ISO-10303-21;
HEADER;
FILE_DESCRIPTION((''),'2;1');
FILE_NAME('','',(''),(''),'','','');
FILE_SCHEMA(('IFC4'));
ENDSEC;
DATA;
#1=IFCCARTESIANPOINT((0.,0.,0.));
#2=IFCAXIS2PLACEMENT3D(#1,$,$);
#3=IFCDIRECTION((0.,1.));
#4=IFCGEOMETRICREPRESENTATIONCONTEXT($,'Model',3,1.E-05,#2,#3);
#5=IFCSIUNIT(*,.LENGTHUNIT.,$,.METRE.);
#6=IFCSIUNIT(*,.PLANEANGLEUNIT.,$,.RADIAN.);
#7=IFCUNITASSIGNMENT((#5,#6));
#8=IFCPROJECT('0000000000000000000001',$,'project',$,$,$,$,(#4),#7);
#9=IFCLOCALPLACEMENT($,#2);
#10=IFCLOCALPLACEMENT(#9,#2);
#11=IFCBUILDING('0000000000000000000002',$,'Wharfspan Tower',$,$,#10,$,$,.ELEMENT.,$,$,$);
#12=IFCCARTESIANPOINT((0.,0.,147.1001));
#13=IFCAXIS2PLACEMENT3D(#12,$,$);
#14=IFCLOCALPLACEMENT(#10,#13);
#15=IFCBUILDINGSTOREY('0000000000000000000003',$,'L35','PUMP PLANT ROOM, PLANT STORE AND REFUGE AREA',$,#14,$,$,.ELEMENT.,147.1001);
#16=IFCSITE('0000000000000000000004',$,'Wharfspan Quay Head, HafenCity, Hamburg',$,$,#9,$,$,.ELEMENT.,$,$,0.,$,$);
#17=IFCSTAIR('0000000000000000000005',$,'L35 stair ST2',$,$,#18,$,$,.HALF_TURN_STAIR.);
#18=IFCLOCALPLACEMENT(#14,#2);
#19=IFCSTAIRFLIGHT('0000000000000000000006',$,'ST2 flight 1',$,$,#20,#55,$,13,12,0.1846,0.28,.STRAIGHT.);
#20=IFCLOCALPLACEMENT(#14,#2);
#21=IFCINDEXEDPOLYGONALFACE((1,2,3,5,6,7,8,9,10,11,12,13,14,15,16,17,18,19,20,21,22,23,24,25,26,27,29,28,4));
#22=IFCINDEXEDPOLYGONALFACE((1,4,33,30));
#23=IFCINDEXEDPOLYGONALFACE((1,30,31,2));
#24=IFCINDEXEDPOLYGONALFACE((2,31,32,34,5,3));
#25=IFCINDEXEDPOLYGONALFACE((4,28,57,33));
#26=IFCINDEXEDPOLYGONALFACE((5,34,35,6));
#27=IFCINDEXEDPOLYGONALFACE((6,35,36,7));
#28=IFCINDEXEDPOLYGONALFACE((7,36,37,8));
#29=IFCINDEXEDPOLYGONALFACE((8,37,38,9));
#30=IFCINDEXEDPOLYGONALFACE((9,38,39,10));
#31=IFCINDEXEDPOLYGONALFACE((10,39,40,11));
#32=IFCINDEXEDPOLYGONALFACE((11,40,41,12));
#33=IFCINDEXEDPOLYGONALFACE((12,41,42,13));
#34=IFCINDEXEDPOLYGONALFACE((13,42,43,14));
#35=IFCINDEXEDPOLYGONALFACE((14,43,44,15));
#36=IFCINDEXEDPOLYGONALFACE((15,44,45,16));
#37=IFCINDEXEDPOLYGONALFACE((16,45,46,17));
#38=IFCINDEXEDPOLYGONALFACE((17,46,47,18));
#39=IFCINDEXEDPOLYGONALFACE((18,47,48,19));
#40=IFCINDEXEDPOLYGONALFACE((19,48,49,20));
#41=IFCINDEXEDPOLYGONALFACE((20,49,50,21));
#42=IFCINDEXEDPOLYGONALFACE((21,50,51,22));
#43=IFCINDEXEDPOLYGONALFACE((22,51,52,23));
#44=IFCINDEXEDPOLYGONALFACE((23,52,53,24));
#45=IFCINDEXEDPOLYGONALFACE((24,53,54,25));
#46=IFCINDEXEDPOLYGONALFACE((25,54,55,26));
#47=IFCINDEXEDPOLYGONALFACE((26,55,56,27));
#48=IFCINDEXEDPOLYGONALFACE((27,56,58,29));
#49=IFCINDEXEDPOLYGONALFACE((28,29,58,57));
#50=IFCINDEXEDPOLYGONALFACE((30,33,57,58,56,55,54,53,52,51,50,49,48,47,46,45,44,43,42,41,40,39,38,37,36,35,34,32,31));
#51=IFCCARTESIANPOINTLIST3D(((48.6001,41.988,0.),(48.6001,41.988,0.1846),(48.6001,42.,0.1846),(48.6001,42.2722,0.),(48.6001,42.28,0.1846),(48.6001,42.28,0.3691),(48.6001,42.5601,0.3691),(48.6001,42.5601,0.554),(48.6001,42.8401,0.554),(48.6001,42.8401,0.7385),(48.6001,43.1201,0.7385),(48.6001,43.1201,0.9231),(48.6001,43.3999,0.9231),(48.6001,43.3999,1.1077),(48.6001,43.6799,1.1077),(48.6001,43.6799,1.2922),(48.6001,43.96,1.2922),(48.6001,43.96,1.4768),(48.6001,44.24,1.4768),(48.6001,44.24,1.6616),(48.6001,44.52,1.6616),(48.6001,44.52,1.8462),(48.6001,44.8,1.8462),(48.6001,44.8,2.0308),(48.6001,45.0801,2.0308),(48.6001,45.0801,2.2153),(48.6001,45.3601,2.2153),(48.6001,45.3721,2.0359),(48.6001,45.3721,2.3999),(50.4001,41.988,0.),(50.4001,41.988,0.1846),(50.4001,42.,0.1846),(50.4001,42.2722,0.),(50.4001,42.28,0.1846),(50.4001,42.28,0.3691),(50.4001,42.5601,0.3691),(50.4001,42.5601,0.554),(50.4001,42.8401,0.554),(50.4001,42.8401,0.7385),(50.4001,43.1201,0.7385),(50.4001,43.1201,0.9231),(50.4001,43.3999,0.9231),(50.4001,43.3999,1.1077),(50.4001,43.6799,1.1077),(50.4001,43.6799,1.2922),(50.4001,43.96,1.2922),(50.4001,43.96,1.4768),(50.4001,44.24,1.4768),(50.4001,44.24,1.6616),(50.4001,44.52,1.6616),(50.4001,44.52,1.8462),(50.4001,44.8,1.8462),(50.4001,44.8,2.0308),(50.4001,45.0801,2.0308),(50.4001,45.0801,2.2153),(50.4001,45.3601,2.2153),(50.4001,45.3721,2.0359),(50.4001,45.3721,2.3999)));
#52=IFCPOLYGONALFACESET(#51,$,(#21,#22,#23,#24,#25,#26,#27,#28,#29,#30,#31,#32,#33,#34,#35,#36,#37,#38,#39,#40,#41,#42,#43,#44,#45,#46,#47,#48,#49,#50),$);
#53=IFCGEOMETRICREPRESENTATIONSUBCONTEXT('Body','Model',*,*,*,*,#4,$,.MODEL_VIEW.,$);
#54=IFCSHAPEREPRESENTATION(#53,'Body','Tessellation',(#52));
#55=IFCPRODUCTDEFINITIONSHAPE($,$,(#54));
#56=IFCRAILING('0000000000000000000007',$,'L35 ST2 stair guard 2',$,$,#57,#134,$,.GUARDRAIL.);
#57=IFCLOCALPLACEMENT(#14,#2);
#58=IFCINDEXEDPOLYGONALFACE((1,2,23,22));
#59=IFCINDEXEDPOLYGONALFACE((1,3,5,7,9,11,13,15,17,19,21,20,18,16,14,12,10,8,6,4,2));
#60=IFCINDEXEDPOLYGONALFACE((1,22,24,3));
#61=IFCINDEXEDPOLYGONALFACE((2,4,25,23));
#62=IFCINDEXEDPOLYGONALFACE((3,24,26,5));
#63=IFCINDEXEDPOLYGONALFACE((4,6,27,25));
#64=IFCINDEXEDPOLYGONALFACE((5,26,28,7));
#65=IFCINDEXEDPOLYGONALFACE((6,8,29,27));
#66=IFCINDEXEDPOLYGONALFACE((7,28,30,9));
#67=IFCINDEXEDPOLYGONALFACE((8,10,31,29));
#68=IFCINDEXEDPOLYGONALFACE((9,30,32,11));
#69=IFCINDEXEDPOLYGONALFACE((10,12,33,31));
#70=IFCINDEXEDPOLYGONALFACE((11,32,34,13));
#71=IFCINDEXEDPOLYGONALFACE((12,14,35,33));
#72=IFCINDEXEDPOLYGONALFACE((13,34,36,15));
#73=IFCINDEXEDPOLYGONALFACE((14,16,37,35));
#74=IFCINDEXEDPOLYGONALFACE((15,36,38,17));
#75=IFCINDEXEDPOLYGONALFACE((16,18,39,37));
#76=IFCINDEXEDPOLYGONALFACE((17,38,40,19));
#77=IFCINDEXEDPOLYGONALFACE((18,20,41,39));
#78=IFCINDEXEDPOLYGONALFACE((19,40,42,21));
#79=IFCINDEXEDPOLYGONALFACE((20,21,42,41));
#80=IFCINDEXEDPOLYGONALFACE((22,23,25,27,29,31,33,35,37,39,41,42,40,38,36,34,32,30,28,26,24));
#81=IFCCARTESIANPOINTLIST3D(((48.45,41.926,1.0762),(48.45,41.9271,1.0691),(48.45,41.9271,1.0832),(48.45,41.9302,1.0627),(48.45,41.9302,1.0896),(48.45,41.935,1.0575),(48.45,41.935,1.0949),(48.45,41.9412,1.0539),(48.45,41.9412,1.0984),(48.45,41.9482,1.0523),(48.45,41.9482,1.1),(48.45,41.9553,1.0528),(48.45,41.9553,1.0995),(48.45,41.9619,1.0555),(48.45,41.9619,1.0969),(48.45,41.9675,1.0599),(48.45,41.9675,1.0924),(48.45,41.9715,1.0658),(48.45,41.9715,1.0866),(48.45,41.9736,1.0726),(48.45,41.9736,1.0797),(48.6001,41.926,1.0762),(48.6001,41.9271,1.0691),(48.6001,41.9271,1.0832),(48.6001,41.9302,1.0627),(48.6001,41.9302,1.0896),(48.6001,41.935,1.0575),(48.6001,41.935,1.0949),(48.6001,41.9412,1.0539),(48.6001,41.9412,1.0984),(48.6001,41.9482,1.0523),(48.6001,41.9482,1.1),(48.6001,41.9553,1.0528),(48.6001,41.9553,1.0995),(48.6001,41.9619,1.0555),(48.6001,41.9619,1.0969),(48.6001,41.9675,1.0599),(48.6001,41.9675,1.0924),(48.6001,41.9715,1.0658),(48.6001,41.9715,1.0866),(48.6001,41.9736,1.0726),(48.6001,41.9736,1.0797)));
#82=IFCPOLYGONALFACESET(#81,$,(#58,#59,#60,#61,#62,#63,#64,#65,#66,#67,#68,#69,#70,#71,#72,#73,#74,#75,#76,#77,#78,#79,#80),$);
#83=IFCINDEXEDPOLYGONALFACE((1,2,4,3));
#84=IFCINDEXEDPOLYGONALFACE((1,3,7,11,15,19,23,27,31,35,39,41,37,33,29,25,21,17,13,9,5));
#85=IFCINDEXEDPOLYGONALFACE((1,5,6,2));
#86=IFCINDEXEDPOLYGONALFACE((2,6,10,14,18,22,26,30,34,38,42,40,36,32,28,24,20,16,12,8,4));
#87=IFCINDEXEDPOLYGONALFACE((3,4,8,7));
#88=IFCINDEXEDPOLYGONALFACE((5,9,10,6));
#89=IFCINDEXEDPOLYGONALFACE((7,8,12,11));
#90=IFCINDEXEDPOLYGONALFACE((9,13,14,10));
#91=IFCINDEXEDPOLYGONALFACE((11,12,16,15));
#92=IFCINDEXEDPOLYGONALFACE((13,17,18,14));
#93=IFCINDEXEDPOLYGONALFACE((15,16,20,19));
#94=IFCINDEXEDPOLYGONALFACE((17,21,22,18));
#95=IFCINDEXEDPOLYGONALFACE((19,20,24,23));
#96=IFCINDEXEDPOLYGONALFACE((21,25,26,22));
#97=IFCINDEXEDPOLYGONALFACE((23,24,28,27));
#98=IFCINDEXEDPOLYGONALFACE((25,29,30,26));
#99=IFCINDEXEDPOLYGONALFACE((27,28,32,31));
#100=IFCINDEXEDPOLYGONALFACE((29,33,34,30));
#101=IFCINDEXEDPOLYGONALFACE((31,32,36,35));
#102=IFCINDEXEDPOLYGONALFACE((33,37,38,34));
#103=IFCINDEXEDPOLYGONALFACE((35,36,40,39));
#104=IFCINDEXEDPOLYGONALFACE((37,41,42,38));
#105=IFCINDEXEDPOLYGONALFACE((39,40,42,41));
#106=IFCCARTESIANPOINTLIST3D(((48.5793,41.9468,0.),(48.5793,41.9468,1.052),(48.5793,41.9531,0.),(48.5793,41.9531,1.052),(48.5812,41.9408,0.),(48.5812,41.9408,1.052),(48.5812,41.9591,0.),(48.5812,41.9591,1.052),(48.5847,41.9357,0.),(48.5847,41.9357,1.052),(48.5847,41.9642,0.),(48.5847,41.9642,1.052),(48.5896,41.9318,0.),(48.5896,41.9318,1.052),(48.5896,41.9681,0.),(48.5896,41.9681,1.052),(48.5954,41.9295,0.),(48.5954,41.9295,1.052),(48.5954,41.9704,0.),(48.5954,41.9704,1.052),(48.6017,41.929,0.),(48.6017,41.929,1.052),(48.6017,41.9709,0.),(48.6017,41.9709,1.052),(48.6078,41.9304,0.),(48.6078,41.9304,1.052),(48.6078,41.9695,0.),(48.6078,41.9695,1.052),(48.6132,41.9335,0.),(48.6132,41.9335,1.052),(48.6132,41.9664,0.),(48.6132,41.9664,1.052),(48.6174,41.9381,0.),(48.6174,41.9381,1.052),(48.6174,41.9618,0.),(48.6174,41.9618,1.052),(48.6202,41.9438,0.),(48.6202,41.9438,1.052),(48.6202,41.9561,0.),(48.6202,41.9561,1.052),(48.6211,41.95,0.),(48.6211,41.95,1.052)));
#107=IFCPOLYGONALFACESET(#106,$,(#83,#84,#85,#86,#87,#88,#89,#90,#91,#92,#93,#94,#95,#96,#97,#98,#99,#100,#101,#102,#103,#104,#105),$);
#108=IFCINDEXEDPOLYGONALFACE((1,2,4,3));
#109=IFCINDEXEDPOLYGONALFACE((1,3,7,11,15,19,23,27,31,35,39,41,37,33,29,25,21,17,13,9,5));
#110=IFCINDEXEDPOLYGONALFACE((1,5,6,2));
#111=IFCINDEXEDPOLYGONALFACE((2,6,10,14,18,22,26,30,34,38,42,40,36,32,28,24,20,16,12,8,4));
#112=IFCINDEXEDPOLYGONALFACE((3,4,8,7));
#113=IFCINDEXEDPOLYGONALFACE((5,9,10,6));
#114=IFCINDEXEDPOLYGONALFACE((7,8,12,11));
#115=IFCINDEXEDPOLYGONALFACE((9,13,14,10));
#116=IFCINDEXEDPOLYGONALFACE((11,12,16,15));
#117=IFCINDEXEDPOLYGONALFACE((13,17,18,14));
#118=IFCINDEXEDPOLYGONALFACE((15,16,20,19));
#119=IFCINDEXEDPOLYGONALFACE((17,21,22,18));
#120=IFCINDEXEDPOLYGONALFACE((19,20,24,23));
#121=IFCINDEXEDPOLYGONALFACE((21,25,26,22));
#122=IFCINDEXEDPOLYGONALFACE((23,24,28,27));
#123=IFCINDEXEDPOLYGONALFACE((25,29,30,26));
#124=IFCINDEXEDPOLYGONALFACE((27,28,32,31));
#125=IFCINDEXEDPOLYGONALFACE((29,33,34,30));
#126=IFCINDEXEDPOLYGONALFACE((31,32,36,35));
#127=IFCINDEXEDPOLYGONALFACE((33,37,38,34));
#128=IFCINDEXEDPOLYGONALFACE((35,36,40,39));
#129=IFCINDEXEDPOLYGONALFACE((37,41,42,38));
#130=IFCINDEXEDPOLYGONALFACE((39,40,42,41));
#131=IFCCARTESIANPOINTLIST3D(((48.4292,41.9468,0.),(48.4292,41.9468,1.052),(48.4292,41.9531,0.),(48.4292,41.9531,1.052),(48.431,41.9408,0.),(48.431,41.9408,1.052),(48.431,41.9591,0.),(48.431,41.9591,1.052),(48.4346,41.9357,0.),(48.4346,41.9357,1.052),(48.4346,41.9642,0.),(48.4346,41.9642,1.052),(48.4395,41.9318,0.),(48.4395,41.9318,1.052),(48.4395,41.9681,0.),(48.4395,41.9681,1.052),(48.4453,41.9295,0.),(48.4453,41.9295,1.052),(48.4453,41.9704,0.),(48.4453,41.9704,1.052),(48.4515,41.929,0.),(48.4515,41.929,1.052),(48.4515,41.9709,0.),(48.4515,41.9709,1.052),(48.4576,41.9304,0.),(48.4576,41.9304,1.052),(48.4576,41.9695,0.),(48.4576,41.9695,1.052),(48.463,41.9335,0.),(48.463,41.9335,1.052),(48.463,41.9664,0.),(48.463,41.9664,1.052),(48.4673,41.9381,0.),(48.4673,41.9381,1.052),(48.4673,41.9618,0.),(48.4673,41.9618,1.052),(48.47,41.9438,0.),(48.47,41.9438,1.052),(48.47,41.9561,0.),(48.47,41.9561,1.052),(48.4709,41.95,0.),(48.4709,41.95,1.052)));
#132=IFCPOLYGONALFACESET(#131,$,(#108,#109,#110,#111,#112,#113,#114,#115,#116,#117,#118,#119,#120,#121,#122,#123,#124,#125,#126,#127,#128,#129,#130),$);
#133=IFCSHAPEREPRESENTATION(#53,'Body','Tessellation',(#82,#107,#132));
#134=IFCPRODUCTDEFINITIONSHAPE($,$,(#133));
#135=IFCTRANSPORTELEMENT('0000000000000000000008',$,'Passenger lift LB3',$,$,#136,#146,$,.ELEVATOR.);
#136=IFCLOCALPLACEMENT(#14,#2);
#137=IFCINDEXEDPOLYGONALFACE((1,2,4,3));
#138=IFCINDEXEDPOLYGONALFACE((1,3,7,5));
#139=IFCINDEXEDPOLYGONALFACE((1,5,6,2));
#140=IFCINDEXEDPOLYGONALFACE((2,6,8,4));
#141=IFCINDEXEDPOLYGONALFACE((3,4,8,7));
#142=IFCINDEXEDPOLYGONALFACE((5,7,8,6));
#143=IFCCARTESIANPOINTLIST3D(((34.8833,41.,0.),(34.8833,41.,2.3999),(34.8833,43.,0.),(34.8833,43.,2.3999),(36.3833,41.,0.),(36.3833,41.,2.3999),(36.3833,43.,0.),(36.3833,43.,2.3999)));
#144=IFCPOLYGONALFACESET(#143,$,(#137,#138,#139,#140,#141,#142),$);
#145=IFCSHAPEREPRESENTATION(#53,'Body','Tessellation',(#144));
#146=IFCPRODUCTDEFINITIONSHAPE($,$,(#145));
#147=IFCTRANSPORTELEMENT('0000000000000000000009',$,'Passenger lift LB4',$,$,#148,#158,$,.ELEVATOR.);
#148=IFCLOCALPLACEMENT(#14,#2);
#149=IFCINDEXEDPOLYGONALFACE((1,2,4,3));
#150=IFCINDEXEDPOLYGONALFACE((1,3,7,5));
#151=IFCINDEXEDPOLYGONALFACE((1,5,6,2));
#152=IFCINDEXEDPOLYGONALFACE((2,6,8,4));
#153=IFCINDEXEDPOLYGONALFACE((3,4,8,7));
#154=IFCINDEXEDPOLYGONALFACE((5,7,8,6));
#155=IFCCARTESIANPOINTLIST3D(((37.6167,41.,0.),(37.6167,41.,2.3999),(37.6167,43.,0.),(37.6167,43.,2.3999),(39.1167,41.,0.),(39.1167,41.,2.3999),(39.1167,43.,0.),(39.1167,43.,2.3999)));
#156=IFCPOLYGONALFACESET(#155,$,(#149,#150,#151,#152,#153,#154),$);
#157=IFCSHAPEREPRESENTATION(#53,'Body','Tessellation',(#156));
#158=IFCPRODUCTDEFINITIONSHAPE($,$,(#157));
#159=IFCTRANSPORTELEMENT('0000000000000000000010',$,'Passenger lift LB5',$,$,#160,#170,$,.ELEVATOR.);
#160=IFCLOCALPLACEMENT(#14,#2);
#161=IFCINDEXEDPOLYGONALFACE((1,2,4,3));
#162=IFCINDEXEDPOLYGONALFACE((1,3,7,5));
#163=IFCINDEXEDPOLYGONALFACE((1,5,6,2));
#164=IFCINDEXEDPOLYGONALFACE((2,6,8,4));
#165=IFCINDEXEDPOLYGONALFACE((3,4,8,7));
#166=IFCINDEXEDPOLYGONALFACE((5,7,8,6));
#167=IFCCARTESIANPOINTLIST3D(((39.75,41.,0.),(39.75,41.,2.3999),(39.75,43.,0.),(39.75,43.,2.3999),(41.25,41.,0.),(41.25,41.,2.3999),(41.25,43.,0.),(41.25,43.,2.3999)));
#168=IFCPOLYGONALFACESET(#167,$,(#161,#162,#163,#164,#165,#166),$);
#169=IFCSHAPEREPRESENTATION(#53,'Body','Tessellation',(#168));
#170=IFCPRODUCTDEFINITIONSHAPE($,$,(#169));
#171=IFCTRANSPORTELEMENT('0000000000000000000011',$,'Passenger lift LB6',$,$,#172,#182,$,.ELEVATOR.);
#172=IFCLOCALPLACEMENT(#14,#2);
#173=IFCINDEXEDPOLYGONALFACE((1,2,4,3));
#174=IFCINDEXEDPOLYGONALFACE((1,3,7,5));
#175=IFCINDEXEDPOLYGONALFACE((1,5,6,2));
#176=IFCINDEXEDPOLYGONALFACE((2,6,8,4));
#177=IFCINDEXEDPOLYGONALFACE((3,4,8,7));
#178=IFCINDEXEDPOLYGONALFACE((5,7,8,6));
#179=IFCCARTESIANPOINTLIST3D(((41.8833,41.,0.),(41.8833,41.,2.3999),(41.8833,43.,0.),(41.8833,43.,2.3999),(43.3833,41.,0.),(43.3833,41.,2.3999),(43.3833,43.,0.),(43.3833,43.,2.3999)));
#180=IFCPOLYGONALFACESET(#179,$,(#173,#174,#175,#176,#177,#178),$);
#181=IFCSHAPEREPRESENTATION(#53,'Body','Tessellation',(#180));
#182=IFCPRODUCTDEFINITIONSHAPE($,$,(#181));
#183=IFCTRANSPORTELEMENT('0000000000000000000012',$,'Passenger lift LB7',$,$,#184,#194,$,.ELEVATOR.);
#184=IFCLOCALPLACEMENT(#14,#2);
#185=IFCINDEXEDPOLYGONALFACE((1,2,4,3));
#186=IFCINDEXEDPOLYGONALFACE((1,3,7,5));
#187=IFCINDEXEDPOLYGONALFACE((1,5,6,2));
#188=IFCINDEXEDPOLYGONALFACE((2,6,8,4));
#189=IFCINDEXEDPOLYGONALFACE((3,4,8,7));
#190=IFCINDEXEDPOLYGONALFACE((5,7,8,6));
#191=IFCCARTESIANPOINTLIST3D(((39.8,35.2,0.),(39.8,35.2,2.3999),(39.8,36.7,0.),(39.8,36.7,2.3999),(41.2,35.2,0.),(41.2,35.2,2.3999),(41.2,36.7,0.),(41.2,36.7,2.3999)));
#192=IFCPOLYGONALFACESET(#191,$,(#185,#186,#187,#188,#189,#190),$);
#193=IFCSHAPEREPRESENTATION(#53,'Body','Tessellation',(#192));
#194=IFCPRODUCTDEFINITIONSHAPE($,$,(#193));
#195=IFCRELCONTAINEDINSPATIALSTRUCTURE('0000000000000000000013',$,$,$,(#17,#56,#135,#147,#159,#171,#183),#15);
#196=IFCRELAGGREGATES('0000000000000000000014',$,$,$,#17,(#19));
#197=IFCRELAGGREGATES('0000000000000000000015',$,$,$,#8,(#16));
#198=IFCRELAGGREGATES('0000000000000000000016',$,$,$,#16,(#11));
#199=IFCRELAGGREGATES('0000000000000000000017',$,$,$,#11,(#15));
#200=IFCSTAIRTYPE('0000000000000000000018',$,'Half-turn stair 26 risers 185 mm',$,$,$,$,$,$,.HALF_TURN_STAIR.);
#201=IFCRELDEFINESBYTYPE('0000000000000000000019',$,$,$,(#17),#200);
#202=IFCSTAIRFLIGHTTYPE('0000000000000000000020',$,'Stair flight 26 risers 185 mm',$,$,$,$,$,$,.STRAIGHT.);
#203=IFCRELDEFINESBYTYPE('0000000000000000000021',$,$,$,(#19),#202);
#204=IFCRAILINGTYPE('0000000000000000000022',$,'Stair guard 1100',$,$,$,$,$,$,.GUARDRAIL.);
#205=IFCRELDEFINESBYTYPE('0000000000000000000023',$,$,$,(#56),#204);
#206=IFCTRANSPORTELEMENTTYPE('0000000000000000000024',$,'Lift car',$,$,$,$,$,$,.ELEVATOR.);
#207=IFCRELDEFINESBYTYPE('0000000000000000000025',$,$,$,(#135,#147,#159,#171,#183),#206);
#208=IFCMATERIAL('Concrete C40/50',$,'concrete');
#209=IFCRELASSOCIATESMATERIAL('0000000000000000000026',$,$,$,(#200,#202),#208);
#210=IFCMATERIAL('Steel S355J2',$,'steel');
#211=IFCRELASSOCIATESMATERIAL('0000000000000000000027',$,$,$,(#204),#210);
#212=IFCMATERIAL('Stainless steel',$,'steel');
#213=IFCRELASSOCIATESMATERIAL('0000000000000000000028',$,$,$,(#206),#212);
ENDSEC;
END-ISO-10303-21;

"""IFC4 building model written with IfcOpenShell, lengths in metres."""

from ifc_helpers import new_model, si_unit, direction, frame, origin, origin_2d, place, context, subcontext, project, spatial, polyline, rectangle, circle, outline, extrude, material, type_object, element, aggregate, save


model = new_model("IFC4")

# Units and contexts
model_context = context("Model", 3, precision=1e-05, world=origin(), true_north=direction((0.0, 1.0)))
body_context = subcontext(model_context, "Body", "Model", "MODEL_VIEW")
ifc_project = project(units=[si_unit("LENGTHUNIT", "METRE"), si_unit("PLANEANGLEUNIT", "RADIAN")], contexts=[model_context])

# Site, building, storey
site_placement = place(None, origin())
site = spatial("IfcSite", under=ifc_project, at=site_placement, Name="Wharfspan Quay Head, HafenCity, Hamburg", CompositionType="ELEMENT", RefElevation=0.0)
building_placement = place(site_placement, origin())
building = spatial("IfcBuilding", under=site, at=building_placement, Name="Wharfspan Tower", CompositionType="ELEMENT")
storey_placement = place(building_placement, frame((0.0, 0.0, 147.1001)))
storey = spatial("IfcBuildingStorey", under=building, at=storey_placement, Name="L35", Description="PUMP PLANT ROOM, PLANT STORE AND REFUGE AREA", CompositionType="ELEMENT", Elevation=147.1001)

# Shared definitions
ifc_material_1 = material(Name="Stainless steel", Category="steel")
ifc_material_2 = material(Name="Concrete C40/50", Category="concrete")

# Stair, stair flight
stair_type = type_object("IfcStairType", Name="Half-turn stair 26 risers 185 mm", PredefinedType="HALF_TURN_STAIR", material=ifc_material_2)
stair_placement = place(storey_placement, origin())
stair = element("IfcStair", 1, at=stair_placement, inside=storey, type_object=stair_type, Name="L35 stair ST2", PredefinedType="HALF_TURN_STAIR")
stair_flight_type = type_object("IfcStairFlightType", Name="Stair flight 26 risers 185 mm", PredefinedType="STRAIGHT", material=ifc_material_2)
stair_flight_placement = place(storey_placement, frame((49.5, 42.0, 0.0), z_axis=(0.0, 0.0, 1.0), x_axis=(0.0, 1.0, 0.0)))
stair_flight = element("IfcStairFlight", 2, at=stair_flight_placement, type_object=stair_flight_type, Name="ST2 flight 1", NumberOfRisers=13, NumberOfTreads=12, PredefinedType="STRAIGHT", RiserHeight=0.1846, TreadLength=0.28, context=body_context, shape_type="SweptSolid", body=[
    extrude(outline(polyline([(-0.012, 0.0), (-0.012, 0.1846), (0.0, 0.1846), (0.28, 0.1846), (0.28, 0.3691), (0.5601, 0.3691), (0.5601, 0.554), (0.8401, 0.554), (0.8401, 0.7385), (1.1201, 0.7385), (1.1201, 0.9231), (1.3999, 0.9231), (1.3999, 1.1077), (1.6799, 1.1077), (1.6799, 1.2922), (1.96, 1.2922), (1.96, 1.4768), (2.24, 1.4768), (2.24, 1.6616), (2.52, 1.6616), (2.52, 1.8462), (2.8, 1.8462), (2.8, 2.0308), (3.0801, 2.0308), (3.0801, 2.2153), (3.3601, 2.2153), (3.3721, 2.3999), (3.3721, 2.0359), (0.2722, 0.0), (-0.012, 0.0)])), frame((0.0, 0.8999, 0.0), z_axis=(0.0, -1.0, 0.0), x_axis=(1.0, 0.0, 0.0)), (0.0, 0.0, 1.0), 1.8),
])
aggregate(stair, [stair_flight])

# Railing
ifc_material_3 = material(Name="Steel S355J2", Category="steel")
railing_type = type_object("IfcRailingType", Name="Stair guard 1100", PredefinedType="GUARDRAIL", material=ifc_material_3)
railing_1_placement = place(storey_placement, frame((48.6001, 41.95, 0.0)))
element("IfcRailing", 3, at=railing_1_placement, inside=storey, type_object=railing_type, Name="L35 ST2 stair guard 2", PredefinedType="GUARDRAIL", context=body_context, shape_type="SweptSolid", body=[
    extrude(circle(Radius=0.0239, at=origin_2d()), frame((0.0, 0.0, 1.0762), z_axis=(-1.0, 0.0, 0.0), x_axis=(0.0, -1.0, 0.0)), (0.0, 0.0, 1.0), 0.1501),
    extrude(circle(Radius=0.021, at=origin_2d()), origin(), (0.0, 0.0, 1.0), 1.052),
    extrude(circle(Radius=0.021, at=origin_2d()), frame((-0.1501, 0.0, 0.0)), (0.0, 0.0, 1.0), 1.052),
])

# Transport elements
transport_element_type = type_object("IfcTransportElementType", Name="Lift car", PredefinedType="ELEVATOR", material=ifc_material_1)
for number, where, z_axis, x_axis, name in (
    (4, (35.6333, 42.0, 0.0), (0.0, 0.0, 1.0), (1.0, 0.0, 0.0), "Passenger lift LB3"),
    (5, (38.3667, 42.0, 0.0), (0.0, 0.0, 1.0), (1.0, 0.0, 0.0), "Passenger lift LB4"),
    (6, (40.5, 42.0, 0.0), (0.0, 0.0, 1.0), (1.0, 0.0, 0.0), "Passenger lift LB5"),
    (7, (42.6333, 42.0, 0.0), (0.0, 0.0, 1.0), (1.0, 0.0, 0.0), "Passenger lift LB6"),
):
    element("IfcTransportElement", number, at=place(storey_placement, frame(where, z_axis=z_axis, x_axis=x_axis)), inside=storey, type_object=transport_element_type, Name=name, PredefinedType="ELEVATOR", context=body_context, shape_type="SweptSolid", body=[
        extrude(rectangle(XDim=1.5, YDim=2.0, at=origin_2d()), origin(), (0.0, 0.0, 1.0), 2.3999),
    ])
transport_element_placement = place(storey_placement, frame((40.5, 35.95, 0.0), z_axis=(0.0, 0.0, 1.0), x_axis=(1.0, 0.0, 0.0)))
element("IfcTransportElement", 8, at=transport_element_placement, inside=storey, type_object=transport_element_type, Name="Passenger lift LB7", PredefinedType="ELEVATOR", context=body_context, shape_type="SweptSolid", body=[
    extrude(rectangle(XDim=1.3999, YDim=1.5, at=origin_2d()), origin(), (0.0, 0.0, 1.0), 2.3999),
])

save(model, "model.ifc")
